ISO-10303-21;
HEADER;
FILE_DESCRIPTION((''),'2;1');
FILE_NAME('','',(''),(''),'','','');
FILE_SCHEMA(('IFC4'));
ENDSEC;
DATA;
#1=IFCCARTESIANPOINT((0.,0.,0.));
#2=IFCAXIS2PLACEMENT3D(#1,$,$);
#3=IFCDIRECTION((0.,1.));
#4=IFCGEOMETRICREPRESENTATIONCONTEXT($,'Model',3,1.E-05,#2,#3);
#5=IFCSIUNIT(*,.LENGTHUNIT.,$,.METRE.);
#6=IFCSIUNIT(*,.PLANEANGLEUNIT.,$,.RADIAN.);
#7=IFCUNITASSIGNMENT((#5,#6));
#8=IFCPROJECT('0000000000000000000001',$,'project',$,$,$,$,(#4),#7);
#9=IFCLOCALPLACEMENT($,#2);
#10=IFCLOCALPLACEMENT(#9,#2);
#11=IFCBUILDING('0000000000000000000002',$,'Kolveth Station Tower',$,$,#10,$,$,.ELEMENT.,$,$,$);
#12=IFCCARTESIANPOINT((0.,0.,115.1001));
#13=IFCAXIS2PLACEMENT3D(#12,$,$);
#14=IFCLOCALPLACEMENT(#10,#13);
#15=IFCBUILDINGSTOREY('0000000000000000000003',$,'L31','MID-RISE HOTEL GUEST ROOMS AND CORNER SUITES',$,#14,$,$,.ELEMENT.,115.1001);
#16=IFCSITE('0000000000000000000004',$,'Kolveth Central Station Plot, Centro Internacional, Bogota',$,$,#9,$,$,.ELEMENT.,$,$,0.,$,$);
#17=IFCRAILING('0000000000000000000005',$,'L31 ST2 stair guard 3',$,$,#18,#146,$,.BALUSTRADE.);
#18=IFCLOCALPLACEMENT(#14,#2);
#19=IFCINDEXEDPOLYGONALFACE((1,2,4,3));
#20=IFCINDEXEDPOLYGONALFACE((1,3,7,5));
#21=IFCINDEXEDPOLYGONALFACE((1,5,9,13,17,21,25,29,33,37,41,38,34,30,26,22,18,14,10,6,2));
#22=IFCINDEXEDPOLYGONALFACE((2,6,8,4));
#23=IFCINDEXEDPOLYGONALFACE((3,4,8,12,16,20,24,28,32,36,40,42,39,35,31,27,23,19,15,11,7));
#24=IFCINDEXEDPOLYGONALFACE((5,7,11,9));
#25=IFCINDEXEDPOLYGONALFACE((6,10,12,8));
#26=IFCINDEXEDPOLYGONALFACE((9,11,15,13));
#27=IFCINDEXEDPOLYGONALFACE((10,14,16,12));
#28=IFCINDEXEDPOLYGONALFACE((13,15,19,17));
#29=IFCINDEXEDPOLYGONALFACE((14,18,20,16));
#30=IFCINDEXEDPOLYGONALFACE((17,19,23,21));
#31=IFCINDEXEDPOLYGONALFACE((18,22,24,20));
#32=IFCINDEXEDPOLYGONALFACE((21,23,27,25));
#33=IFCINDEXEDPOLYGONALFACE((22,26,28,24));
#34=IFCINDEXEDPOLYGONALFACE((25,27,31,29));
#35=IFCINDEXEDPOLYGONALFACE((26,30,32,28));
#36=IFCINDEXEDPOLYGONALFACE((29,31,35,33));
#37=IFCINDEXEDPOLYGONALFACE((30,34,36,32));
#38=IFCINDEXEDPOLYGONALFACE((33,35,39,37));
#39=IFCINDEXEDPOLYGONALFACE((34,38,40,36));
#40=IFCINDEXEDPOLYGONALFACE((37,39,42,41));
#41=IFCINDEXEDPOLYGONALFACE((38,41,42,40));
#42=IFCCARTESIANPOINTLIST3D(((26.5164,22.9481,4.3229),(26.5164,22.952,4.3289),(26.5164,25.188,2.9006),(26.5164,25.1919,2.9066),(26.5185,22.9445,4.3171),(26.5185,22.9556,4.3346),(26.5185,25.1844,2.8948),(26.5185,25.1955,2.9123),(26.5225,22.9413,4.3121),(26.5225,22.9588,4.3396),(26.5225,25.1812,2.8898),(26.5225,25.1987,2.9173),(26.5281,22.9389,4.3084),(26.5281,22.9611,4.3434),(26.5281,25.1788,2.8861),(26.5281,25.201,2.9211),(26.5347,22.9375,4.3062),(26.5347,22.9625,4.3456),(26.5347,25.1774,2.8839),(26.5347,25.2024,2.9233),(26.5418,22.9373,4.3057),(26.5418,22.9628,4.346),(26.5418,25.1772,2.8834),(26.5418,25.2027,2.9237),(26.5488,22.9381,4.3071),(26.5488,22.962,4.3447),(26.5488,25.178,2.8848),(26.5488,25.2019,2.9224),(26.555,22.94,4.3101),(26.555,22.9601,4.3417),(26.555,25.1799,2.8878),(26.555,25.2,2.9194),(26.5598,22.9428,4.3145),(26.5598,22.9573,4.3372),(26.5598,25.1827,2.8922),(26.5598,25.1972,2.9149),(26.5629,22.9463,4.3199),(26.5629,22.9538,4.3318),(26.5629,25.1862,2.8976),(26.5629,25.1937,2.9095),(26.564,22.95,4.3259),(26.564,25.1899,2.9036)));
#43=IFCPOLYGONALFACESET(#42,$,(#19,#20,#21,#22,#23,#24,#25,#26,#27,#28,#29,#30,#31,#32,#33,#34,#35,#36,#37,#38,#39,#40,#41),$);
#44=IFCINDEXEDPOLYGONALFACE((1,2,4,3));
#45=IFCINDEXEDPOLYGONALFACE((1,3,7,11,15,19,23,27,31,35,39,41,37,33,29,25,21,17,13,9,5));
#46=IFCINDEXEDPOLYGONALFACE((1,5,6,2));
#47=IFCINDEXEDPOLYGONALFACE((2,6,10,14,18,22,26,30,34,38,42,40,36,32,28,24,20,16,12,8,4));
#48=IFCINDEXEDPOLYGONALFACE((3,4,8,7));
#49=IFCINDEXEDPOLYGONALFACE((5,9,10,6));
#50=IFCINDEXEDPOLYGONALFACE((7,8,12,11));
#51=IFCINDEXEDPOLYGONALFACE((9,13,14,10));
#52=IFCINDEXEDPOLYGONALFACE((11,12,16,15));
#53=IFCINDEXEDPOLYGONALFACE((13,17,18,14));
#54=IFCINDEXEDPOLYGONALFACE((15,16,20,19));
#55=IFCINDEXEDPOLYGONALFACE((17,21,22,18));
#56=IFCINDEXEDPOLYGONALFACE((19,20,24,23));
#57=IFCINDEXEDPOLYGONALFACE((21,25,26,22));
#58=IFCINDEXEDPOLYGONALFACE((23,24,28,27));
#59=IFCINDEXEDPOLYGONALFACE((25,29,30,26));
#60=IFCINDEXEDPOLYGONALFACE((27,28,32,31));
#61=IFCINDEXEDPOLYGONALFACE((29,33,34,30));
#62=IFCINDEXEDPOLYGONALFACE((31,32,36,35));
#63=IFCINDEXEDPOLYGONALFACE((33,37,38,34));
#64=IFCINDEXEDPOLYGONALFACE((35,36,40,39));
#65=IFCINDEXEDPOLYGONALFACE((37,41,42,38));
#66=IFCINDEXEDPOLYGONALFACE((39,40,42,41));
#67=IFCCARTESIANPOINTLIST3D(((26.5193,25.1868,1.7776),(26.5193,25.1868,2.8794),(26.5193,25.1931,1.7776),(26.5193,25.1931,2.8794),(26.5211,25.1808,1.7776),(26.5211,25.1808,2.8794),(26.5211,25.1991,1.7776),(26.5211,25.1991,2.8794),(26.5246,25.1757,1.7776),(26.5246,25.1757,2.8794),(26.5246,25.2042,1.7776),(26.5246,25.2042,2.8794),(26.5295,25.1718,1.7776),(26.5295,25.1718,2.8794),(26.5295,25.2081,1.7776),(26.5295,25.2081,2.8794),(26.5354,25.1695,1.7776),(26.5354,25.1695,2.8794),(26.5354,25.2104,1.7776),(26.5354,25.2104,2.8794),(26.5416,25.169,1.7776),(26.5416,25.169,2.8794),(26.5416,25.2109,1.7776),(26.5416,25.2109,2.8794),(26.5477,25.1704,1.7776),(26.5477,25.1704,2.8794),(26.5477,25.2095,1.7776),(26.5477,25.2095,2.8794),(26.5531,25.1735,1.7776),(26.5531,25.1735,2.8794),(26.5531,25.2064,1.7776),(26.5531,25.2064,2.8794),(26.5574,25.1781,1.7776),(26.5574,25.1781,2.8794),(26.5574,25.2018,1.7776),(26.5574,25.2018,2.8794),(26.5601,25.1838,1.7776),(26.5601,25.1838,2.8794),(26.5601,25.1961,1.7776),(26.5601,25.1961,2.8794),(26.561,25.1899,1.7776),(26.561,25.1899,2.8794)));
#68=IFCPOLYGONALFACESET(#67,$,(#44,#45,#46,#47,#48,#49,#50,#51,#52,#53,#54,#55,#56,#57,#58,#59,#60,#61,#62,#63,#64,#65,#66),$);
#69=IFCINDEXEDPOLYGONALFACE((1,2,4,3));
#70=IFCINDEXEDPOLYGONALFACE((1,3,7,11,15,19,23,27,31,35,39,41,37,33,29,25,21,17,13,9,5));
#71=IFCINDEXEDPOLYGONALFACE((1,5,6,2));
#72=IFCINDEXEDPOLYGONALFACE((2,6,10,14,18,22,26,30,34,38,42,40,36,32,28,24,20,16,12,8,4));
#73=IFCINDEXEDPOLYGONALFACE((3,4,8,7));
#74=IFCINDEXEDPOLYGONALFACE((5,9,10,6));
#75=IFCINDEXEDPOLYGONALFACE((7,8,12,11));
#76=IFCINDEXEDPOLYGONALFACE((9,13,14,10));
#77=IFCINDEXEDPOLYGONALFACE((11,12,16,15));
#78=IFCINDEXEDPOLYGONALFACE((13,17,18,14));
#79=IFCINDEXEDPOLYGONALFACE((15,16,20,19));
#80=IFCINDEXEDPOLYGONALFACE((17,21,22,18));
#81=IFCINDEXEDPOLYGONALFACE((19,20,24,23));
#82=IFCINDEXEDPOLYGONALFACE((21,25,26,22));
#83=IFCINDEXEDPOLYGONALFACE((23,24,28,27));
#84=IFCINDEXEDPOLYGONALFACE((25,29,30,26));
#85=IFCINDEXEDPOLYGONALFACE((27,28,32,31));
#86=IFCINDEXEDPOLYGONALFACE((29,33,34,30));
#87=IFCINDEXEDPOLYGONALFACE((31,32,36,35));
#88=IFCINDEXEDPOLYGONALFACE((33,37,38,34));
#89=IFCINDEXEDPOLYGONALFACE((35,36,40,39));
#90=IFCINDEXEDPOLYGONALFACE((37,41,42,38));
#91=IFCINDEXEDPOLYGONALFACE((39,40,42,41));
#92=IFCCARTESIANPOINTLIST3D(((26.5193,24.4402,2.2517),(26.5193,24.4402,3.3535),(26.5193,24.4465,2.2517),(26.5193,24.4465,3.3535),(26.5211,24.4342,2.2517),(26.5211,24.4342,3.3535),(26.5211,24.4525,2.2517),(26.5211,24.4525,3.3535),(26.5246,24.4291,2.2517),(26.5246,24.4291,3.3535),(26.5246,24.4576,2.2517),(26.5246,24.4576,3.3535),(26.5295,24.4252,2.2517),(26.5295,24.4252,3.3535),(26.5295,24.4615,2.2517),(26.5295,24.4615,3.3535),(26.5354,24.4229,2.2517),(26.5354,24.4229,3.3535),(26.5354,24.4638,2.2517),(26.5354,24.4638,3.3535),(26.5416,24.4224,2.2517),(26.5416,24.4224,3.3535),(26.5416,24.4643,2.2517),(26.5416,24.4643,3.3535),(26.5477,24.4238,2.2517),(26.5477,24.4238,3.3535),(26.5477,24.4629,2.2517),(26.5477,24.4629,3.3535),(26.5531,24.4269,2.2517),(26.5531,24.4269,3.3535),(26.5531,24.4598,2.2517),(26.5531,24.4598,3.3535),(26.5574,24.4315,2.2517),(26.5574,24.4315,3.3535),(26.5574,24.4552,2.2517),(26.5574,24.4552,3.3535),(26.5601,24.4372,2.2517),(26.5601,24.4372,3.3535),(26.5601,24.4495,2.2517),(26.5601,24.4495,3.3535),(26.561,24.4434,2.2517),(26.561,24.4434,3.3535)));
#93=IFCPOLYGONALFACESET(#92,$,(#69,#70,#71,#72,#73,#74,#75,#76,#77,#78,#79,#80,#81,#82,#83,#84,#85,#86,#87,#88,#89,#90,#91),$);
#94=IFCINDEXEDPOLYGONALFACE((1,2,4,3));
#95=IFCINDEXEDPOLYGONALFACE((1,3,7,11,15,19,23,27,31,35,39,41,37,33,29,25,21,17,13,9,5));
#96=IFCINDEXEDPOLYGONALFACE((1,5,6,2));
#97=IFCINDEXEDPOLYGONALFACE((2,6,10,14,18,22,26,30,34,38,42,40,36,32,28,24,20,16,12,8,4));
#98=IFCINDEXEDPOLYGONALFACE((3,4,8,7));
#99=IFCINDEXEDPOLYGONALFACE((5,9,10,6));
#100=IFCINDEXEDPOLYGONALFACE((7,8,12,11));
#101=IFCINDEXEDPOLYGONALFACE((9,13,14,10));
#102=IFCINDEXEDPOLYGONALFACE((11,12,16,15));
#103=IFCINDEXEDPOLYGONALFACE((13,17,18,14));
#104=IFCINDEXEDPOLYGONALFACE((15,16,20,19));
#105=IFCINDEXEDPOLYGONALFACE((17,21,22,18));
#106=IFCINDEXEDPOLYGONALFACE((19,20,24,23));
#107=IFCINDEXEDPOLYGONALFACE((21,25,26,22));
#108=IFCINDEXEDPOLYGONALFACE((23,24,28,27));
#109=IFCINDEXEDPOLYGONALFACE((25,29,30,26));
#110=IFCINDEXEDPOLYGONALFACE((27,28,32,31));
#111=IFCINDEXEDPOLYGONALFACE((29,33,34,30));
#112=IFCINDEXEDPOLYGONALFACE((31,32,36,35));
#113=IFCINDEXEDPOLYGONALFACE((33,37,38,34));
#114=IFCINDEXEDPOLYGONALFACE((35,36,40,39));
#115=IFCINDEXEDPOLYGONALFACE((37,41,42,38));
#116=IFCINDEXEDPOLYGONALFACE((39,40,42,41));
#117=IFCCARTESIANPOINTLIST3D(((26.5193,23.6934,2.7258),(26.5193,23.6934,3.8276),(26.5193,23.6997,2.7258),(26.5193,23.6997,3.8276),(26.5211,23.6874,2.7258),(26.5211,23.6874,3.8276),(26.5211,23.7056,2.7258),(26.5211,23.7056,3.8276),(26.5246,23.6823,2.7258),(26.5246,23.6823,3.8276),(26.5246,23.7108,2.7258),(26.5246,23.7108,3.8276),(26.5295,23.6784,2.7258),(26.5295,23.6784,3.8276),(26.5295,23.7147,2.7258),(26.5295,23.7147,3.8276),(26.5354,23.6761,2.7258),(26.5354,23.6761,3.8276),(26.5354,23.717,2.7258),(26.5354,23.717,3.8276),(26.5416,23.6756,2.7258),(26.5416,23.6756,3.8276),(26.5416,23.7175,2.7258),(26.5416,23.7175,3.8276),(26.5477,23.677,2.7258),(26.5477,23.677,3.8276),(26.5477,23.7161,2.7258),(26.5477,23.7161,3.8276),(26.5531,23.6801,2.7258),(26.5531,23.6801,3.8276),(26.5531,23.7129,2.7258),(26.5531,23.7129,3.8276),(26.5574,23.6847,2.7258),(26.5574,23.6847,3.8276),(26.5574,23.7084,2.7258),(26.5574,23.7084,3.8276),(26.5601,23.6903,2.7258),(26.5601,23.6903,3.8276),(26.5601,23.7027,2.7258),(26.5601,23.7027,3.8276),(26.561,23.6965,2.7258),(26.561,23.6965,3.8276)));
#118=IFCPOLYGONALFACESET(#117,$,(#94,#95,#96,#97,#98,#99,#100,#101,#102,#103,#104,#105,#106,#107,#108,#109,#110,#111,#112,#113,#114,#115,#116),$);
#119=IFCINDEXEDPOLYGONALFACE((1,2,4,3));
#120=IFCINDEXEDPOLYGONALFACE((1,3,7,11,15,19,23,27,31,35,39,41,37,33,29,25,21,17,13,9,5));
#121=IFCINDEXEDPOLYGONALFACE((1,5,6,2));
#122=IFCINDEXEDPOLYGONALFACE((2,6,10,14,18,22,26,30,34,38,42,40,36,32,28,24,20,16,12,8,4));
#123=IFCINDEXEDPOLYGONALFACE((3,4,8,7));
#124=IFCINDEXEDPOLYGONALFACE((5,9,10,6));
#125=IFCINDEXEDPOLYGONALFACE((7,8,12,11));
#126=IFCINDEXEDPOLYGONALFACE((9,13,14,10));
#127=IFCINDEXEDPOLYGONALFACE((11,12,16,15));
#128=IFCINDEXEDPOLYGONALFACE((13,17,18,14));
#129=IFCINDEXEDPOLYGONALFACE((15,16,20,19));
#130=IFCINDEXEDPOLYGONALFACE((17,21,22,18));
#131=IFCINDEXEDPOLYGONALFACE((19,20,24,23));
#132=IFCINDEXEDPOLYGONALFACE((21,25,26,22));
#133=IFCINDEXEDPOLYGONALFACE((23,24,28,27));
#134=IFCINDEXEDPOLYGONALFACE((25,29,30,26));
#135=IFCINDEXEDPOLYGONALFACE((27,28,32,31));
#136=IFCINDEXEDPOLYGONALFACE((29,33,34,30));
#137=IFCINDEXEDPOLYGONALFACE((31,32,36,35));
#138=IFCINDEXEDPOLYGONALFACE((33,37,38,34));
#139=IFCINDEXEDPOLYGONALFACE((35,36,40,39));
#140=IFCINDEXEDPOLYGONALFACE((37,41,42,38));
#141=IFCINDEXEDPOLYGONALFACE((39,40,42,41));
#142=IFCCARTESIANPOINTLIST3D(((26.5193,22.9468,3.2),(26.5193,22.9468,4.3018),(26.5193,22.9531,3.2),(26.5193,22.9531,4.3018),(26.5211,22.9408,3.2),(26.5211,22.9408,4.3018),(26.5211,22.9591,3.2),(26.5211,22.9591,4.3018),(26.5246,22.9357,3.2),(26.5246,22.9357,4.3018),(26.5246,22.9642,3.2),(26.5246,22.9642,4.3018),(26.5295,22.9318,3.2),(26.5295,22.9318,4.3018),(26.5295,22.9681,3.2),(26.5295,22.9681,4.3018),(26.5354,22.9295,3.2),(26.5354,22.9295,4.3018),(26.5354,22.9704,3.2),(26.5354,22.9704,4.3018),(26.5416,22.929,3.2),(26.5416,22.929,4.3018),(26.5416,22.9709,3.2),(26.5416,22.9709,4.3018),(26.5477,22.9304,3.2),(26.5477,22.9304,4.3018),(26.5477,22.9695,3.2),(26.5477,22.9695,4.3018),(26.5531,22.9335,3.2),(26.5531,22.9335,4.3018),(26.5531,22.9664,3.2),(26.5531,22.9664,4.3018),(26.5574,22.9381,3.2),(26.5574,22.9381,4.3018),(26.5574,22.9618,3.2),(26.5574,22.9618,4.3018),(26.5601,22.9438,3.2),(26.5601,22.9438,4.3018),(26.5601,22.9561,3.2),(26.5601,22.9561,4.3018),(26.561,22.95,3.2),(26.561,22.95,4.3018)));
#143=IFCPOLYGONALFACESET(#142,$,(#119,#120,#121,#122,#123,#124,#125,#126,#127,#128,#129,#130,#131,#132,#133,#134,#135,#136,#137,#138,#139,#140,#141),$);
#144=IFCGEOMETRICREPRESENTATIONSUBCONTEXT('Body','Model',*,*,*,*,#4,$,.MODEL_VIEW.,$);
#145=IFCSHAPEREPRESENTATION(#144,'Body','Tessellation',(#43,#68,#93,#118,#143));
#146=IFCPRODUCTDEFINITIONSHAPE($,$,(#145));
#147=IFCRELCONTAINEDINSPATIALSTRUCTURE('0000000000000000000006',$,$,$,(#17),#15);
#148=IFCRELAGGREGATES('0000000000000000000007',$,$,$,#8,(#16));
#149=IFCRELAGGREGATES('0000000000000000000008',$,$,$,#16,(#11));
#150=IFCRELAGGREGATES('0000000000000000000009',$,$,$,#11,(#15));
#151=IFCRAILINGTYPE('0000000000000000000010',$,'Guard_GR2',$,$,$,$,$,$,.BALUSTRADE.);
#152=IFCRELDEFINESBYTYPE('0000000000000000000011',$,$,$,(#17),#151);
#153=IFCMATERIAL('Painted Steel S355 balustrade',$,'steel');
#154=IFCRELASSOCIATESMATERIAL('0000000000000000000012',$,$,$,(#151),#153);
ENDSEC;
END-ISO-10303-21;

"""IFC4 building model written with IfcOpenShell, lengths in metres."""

from ifc_helpers import new_model, si_unit, direction, frame, origin, origin_2d, place, context, subcontext, project, spatial, circle, extrude, material, type_object, element, save


model = new_model("IFC4")

# Units and contexts
model_context = context("Model", 3, precision=1e-05, world=origin(), true_north=direction((0.0, 1.0)))
body_context = subcontext(model_context, "Body", "Model", "MODEL_VIEW")
ifc_project = project(units=[si_unit("LENGTHUNIT", "METRE"), si_unit("PLANEANGLEUNIT", "RADIAN")], contexts=[model_context])

# Site, building, storey
site_placement = place(None, origin())
site = spatial("IfcSite", under=ifc_project, at=site_placement, Name="Kolveth Central Station Plot, Centro Internacional, Bogota", CompositionType="ELEMENT", RefElevation=0.0)
building_placement = place(site_placement, origin())
building = spatial("IfcBuilding", under=site, at=building_placement, Name="Kolveth Station Tower", CompositionType="ELEMENT")
storey_placement = place(building_placement, frame((0.0, 0.0, 115.1001)))
storey = spatial("IfcBuildingStorey", under=building, at=storey_placement, Name="L31", Description="MID-RISE HOTEL GUEST ROOMS AND CORNER SUITES", CompositionType="ELEMENT", Elevation=115.1001)

# Railing
ifc_material_1 = material(Name="Painted Steel S355 balustrade", Category="steel")
railing_type_1 = type_object("IfcRailingType", Name="Guard_GR2", PredefinedType="BALUSTRADE", material=ifc_material_1)
railing_1_placement = place(storey_placement, frame((26.54, 25.1899, 1.7776)))
element("IfcRailing", 1, at=railing_1_placement, inside=storey, type_object=railing_type_1, Name="L31 ST2 stair guard 3", PredefinedType="BALUSTRADE", context=body_context, shape_type="SweptSolid", body=[
    extrude(circle(Radius=0.0239, at=origin_2d()), frame((0.0, 0.0, 1.126), z_axis=(0.0, -0.844188, 0.536048), x_axis=(1.0, 0.0, 0.0)), (0.0, 0.0, 1.0), 2.6533),
    extrude(circle(Radius=0.021, at=origin_2d()), origin(), (0.0, 0.0, 1.0), 1.1018),
    extrude(circle(Radius=0.021, at=origin_2d()), frame((0.0, -0.7466, 0.4741)), (0.0, 0.0, 1.0), 1.1018),
    extrude(circle(Radius=0.021, at=origin_2d()), frame((0.0, -1.4934, 0.9482)), (0.0, 0.0, 1.0), 1.1018),
    extrude(circle(Radius=0.021, at=origin_2d()), frame((0.0, -2.24, 1.4224)), (0.0, 0.0, 1.0), 1.1018),
])

save(model, "model.ifc")
